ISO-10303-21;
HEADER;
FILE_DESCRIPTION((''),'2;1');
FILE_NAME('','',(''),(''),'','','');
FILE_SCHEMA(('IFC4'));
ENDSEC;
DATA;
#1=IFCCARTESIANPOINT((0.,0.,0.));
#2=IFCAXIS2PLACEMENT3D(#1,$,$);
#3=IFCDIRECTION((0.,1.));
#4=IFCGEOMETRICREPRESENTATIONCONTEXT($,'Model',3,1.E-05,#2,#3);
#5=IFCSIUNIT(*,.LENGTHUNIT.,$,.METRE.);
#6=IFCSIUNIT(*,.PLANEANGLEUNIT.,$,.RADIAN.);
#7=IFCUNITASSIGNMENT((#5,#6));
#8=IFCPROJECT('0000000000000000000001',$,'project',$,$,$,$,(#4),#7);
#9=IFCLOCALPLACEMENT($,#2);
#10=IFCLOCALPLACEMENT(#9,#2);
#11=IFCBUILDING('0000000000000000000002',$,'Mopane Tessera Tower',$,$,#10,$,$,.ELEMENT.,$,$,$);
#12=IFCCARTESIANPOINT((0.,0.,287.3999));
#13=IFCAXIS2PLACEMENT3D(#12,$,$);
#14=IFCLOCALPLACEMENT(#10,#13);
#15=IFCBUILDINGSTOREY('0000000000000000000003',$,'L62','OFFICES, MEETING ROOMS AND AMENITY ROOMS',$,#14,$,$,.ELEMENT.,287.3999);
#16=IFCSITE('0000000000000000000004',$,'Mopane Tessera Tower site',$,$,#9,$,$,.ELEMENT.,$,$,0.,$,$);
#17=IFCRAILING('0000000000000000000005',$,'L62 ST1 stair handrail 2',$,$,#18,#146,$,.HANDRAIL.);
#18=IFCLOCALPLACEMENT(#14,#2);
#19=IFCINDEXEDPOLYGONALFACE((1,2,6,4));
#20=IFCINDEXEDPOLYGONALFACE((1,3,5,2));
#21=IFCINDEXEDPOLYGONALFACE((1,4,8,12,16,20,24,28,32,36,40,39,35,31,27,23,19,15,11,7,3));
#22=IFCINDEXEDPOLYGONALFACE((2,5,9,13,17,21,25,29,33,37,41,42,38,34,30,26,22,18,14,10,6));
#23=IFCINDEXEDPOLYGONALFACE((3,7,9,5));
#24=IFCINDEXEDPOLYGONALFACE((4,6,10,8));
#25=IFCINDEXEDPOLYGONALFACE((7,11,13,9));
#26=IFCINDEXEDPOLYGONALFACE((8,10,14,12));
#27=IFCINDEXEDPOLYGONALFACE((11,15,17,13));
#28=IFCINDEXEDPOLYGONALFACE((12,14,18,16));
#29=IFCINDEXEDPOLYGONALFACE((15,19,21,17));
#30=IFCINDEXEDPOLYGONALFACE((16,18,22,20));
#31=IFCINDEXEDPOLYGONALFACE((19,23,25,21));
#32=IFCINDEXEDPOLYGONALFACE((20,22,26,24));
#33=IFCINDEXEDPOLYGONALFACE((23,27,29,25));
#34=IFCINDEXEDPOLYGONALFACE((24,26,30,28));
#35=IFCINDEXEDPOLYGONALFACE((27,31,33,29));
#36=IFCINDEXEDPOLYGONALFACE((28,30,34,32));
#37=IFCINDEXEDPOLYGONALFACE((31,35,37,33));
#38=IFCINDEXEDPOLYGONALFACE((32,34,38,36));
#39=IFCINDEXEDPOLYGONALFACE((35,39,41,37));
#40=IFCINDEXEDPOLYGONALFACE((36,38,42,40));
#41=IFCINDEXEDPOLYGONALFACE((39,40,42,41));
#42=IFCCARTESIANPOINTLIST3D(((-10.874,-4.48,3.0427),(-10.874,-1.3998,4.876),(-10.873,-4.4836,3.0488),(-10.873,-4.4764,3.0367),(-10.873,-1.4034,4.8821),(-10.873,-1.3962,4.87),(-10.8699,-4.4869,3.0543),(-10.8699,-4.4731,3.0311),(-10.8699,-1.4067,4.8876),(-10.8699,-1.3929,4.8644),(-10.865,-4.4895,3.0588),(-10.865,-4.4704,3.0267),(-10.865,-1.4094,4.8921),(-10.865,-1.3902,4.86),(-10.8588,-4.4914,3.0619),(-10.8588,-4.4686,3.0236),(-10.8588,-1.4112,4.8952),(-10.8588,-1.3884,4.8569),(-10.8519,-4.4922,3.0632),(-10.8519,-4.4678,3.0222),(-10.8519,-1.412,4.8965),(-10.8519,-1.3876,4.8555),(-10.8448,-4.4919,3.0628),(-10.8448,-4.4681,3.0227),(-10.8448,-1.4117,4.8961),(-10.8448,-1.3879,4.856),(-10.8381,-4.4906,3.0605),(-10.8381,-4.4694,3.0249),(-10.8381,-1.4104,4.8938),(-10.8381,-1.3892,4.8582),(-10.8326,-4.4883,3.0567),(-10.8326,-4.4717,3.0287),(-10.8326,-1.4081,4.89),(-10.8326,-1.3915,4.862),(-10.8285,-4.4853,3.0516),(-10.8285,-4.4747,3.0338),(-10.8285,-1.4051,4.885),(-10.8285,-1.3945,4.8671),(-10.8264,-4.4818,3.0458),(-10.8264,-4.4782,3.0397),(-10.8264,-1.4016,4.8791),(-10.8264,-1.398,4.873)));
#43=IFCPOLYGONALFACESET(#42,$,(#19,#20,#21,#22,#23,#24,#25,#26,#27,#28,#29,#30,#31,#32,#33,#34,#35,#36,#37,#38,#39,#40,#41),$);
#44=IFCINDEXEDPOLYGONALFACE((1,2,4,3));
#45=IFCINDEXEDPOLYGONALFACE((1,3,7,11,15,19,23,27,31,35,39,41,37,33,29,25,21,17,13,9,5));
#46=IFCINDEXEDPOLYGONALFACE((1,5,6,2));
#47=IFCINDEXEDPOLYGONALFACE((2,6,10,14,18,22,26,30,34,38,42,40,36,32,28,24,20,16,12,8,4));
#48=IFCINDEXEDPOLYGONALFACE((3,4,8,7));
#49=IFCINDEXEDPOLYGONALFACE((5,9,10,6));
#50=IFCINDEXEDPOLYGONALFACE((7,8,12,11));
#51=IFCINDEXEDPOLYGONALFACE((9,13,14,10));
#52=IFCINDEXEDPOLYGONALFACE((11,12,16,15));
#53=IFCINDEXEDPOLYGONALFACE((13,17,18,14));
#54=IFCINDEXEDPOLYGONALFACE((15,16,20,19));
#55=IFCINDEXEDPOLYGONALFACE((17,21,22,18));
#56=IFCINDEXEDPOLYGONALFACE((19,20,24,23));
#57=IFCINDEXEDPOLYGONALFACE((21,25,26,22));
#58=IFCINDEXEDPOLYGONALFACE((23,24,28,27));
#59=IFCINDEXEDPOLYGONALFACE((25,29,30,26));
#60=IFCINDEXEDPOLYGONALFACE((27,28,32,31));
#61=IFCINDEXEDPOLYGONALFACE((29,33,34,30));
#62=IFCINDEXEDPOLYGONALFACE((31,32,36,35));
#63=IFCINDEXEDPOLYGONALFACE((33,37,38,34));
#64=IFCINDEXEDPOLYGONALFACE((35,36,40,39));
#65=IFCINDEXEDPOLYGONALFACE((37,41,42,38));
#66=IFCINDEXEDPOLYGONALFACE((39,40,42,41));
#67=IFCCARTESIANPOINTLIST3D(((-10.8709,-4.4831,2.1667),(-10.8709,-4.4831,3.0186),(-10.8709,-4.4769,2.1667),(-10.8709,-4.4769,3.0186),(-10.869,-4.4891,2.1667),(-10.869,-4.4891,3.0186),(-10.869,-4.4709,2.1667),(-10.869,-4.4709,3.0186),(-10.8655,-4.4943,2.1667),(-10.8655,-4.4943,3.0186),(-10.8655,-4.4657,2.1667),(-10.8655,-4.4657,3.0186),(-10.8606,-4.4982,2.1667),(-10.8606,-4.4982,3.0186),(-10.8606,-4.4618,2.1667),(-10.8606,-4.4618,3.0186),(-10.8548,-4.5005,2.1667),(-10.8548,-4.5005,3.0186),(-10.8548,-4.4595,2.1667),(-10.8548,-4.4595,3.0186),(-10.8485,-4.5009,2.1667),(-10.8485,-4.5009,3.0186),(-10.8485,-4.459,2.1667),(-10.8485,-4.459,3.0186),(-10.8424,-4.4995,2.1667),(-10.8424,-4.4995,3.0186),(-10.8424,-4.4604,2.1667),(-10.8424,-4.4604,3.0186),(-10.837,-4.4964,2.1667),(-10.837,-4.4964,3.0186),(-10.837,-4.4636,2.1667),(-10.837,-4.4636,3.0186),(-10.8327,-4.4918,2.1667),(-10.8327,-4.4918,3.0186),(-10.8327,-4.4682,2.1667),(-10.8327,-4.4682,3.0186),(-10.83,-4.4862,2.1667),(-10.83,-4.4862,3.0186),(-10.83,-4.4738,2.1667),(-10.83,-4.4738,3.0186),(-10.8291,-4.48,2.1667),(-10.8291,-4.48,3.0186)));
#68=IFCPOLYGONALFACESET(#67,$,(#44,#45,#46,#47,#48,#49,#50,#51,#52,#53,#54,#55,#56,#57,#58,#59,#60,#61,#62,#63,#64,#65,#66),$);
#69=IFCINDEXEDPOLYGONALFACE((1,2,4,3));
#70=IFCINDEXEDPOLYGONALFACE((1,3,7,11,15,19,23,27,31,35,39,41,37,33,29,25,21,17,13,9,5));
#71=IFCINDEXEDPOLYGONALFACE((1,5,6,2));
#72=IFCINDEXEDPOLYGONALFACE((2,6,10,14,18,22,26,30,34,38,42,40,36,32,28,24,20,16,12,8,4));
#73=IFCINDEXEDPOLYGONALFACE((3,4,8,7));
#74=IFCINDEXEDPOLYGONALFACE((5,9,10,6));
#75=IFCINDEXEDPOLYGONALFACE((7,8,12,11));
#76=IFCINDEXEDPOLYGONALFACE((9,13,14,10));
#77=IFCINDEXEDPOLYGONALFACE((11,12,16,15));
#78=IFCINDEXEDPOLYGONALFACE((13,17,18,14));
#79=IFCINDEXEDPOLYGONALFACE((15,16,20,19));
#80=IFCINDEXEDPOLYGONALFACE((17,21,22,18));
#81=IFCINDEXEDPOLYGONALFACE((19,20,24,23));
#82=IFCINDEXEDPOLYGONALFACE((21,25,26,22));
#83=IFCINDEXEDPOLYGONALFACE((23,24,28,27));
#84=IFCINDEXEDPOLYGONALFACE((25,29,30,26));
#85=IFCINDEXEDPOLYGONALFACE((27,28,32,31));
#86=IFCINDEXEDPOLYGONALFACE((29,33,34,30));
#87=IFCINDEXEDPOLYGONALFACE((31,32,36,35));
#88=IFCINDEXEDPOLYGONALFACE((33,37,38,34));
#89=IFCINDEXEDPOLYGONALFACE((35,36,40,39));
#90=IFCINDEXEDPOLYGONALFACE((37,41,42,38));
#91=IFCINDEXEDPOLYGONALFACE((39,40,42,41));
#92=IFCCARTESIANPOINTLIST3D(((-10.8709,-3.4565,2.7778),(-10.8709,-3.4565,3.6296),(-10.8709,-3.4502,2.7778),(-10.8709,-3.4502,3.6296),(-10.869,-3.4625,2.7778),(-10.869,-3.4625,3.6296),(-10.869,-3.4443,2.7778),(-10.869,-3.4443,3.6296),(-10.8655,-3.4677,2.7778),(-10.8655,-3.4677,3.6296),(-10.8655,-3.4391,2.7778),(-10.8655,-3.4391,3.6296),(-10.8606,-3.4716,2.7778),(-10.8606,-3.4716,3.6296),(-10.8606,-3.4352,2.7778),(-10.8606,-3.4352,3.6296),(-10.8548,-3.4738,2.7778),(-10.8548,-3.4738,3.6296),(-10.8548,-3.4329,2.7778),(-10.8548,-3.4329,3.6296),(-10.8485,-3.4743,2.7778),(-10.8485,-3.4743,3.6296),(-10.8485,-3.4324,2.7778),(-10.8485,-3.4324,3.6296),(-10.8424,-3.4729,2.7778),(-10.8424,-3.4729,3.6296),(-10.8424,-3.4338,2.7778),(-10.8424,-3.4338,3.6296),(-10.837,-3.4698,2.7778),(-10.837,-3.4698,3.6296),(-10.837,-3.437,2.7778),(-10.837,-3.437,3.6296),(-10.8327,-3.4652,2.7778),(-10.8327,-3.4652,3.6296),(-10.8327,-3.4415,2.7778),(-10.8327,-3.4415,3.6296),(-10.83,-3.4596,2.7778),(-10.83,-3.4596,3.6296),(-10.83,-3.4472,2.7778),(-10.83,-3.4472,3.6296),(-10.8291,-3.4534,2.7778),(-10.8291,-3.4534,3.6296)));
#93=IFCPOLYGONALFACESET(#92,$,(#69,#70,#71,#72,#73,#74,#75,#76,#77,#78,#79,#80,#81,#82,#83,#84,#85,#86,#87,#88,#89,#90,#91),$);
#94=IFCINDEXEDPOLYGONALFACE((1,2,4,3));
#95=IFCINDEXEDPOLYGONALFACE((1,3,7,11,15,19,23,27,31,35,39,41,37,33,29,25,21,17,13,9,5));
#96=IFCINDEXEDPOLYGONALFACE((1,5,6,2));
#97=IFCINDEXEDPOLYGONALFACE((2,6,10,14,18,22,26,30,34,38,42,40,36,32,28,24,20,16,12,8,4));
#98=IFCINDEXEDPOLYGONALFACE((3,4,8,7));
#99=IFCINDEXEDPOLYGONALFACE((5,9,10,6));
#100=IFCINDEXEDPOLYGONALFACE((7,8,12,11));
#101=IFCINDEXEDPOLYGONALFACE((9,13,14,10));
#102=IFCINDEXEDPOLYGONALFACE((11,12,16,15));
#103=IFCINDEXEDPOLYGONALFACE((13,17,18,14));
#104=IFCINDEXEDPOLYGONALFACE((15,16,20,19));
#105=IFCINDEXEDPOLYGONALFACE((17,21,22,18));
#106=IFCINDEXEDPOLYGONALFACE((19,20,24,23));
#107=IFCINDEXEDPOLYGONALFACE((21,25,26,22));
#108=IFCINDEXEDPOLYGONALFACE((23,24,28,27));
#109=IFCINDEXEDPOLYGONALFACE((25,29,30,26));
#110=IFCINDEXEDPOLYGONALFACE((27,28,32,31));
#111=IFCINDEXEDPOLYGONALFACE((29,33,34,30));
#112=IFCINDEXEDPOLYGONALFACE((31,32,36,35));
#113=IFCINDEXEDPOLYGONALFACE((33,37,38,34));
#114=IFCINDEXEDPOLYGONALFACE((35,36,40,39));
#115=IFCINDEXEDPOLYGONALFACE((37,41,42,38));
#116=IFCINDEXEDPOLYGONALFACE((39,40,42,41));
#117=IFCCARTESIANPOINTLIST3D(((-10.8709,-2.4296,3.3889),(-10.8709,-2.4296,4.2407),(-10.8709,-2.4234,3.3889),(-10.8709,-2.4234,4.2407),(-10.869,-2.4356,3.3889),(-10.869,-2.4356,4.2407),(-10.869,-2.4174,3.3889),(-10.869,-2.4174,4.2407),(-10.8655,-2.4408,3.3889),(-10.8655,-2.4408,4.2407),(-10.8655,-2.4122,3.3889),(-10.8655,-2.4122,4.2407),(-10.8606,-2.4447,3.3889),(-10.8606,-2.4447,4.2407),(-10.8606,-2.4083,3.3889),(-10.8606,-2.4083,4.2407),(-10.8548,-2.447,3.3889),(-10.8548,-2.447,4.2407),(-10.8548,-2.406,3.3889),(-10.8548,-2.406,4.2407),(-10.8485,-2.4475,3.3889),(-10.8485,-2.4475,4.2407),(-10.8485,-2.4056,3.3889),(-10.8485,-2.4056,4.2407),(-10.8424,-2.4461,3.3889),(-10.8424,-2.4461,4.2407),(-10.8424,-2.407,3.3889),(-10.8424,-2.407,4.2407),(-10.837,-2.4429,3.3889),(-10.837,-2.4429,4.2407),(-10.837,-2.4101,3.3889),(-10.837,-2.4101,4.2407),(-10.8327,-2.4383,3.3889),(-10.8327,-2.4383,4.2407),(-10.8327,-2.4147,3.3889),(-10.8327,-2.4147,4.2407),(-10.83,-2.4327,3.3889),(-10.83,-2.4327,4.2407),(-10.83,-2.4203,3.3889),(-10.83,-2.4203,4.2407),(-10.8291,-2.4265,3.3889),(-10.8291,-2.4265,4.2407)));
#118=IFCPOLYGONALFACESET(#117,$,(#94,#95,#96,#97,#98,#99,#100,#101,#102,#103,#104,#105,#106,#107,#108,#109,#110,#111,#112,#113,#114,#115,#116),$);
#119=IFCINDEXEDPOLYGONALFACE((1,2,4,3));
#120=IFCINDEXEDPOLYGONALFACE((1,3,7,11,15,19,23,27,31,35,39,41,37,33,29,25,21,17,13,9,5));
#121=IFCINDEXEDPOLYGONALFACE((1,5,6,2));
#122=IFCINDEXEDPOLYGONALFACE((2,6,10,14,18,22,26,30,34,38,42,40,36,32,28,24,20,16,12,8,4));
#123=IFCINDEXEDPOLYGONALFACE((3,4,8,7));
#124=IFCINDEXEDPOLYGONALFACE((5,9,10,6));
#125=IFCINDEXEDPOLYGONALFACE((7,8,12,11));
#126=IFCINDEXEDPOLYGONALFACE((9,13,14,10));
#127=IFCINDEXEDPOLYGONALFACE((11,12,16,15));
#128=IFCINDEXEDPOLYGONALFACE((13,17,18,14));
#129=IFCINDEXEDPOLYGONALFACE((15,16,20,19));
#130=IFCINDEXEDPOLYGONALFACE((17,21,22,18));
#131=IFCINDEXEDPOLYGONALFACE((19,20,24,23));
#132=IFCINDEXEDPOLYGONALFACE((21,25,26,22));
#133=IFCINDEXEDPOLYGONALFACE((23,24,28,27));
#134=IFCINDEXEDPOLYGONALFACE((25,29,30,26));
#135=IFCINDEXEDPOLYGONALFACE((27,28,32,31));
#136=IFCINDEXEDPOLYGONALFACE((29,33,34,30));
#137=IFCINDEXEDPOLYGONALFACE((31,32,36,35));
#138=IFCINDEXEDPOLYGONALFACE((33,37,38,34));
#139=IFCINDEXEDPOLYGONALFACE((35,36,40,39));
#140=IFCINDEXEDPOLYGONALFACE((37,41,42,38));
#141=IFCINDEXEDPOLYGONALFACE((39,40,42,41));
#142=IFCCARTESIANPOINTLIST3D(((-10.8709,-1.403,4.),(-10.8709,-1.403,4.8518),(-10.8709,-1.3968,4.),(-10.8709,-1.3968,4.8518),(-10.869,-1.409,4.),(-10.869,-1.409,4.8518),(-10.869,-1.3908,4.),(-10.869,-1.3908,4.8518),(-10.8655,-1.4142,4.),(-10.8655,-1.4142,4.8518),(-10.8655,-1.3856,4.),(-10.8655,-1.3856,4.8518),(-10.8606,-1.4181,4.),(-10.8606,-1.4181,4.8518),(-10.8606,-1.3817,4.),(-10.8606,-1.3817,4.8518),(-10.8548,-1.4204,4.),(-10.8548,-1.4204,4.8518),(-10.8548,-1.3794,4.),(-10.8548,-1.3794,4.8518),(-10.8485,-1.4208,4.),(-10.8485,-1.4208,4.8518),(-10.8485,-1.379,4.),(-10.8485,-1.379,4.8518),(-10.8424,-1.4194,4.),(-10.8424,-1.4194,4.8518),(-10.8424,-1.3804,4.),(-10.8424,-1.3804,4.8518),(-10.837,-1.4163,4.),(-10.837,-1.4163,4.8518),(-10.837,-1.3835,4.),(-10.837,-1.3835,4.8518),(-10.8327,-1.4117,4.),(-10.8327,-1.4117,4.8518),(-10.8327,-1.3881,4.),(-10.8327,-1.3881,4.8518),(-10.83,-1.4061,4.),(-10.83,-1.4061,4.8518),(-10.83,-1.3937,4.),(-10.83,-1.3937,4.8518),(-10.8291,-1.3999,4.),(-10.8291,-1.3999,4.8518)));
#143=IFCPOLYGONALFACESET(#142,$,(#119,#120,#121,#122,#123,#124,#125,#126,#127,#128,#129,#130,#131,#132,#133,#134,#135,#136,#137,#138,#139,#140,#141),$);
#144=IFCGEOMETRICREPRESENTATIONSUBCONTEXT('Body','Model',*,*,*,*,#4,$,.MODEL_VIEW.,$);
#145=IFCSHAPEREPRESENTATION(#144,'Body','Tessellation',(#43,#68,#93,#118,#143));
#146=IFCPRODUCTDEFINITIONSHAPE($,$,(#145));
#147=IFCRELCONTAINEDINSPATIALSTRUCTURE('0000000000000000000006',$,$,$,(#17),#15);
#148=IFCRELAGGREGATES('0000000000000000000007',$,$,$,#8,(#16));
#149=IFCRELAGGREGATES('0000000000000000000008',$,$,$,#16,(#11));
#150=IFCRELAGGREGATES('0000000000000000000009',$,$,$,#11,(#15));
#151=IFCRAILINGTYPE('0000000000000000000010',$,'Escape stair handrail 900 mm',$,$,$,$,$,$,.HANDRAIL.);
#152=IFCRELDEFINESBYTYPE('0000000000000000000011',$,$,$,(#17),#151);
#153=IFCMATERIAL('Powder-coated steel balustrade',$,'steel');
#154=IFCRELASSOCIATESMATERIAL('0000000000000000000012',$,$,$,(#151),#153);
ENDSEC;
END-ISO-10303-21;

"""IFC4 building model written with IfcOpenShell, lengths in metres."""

from ifc_helpers import new_model, si_unit, direction, frame, origin, origin_2d, place, context, subcontext, project, spatial, circle, extrude, material, type_object, element, save


model = new_model("IFC4")

# Units and contexts
model_context = context("Model", 3, precision=1e-05, world=origin(), true_north=direction((0.0, 1.0)))
body_context = subcontext(model_context, "Body", "Model", "MODEL_VIEW")
ifc_project = project(units=[si_unit("LENGTHUNIT", "METRE"), si_unit("PLANEANGLEUNIT", "RADIAN")], contexts=[model_context])

# Site, building, storey
site_placement = place(None, origin())
site = spatial("IfcSite", under=ifc_project, at=site_placement, Name="Mopane Tessera Tower site", CompositionType="ELEMENT", RefElevation=0.0)
building_placement = place(site_placement, origin())
building = spatial("IfcBuilding", under=site, at=building_placement, Name="Mopane Tessera Tower", CompositionType="ELEMENT")
storey_placement = place(building_placement, frame((0.0, 0.0, 287.3999)))
storey = spatial("IfcBuildingStorey", under=building, at=storey_placement, Name="L62", Description="OFFICES, MEETING ROOMS AND AMENITY ROOMS", CompositionType="ELEMENT", Elevation=287.3999)

# Railing
ifc_material_1 = material(Name="Powder-coated steel balustrade", Category="steel")
railing_type_1 = type_object("IfcRailingType", Name="Escape stair handrail 900 mm", PredefinedType="HANDRAIL", material=ifc_material_1)
railing_1_placement = place(storey_placement, frame((-10.8501, -4.48, 2.1667)))
element("IfcRailing", 1, at=railing_1_placement, inside=storey, type_object=railing_type_1, Name="L62 ST1 stair handrail 2", PredefinedType="HANDRAIL", context=body_context, shape_type="SweptSolid", body=[
    extrude(circle(Radius=0.0239, at=origin_2d()), frame((0.0, 0.0, 0.876), z_axis=(0.0, 0.859309, 0.511458), x_axis=(-1.0, 0.0, 0.0)), (0.0, 0.0, 1.0), 3.5845),
    extrude(circle(Radius=0.021, at=origin_2d()), origin(), (0.0, 0.0, 1.0), 0.8518),
    extrude(circle(Radius=0.021, at=origin_2d()), frame((0.0, 1.0266, 0.6111)), (0.0, 0.0, 1.0), 0.8518),
    extrude(circle(Radius=0.021, at=origin_2d()), frame((0.0, 2.0535, 1.2222)), (0.0, 0.0, 1.0), 0.8518),
    extrude(circle(Radius=0.021, at=origin_2d()), frame((0.0, 3.0801, 1.8333)), (0.0, 0.0, 1.0), 0.8518),
])

save(model, "model.ifc")
